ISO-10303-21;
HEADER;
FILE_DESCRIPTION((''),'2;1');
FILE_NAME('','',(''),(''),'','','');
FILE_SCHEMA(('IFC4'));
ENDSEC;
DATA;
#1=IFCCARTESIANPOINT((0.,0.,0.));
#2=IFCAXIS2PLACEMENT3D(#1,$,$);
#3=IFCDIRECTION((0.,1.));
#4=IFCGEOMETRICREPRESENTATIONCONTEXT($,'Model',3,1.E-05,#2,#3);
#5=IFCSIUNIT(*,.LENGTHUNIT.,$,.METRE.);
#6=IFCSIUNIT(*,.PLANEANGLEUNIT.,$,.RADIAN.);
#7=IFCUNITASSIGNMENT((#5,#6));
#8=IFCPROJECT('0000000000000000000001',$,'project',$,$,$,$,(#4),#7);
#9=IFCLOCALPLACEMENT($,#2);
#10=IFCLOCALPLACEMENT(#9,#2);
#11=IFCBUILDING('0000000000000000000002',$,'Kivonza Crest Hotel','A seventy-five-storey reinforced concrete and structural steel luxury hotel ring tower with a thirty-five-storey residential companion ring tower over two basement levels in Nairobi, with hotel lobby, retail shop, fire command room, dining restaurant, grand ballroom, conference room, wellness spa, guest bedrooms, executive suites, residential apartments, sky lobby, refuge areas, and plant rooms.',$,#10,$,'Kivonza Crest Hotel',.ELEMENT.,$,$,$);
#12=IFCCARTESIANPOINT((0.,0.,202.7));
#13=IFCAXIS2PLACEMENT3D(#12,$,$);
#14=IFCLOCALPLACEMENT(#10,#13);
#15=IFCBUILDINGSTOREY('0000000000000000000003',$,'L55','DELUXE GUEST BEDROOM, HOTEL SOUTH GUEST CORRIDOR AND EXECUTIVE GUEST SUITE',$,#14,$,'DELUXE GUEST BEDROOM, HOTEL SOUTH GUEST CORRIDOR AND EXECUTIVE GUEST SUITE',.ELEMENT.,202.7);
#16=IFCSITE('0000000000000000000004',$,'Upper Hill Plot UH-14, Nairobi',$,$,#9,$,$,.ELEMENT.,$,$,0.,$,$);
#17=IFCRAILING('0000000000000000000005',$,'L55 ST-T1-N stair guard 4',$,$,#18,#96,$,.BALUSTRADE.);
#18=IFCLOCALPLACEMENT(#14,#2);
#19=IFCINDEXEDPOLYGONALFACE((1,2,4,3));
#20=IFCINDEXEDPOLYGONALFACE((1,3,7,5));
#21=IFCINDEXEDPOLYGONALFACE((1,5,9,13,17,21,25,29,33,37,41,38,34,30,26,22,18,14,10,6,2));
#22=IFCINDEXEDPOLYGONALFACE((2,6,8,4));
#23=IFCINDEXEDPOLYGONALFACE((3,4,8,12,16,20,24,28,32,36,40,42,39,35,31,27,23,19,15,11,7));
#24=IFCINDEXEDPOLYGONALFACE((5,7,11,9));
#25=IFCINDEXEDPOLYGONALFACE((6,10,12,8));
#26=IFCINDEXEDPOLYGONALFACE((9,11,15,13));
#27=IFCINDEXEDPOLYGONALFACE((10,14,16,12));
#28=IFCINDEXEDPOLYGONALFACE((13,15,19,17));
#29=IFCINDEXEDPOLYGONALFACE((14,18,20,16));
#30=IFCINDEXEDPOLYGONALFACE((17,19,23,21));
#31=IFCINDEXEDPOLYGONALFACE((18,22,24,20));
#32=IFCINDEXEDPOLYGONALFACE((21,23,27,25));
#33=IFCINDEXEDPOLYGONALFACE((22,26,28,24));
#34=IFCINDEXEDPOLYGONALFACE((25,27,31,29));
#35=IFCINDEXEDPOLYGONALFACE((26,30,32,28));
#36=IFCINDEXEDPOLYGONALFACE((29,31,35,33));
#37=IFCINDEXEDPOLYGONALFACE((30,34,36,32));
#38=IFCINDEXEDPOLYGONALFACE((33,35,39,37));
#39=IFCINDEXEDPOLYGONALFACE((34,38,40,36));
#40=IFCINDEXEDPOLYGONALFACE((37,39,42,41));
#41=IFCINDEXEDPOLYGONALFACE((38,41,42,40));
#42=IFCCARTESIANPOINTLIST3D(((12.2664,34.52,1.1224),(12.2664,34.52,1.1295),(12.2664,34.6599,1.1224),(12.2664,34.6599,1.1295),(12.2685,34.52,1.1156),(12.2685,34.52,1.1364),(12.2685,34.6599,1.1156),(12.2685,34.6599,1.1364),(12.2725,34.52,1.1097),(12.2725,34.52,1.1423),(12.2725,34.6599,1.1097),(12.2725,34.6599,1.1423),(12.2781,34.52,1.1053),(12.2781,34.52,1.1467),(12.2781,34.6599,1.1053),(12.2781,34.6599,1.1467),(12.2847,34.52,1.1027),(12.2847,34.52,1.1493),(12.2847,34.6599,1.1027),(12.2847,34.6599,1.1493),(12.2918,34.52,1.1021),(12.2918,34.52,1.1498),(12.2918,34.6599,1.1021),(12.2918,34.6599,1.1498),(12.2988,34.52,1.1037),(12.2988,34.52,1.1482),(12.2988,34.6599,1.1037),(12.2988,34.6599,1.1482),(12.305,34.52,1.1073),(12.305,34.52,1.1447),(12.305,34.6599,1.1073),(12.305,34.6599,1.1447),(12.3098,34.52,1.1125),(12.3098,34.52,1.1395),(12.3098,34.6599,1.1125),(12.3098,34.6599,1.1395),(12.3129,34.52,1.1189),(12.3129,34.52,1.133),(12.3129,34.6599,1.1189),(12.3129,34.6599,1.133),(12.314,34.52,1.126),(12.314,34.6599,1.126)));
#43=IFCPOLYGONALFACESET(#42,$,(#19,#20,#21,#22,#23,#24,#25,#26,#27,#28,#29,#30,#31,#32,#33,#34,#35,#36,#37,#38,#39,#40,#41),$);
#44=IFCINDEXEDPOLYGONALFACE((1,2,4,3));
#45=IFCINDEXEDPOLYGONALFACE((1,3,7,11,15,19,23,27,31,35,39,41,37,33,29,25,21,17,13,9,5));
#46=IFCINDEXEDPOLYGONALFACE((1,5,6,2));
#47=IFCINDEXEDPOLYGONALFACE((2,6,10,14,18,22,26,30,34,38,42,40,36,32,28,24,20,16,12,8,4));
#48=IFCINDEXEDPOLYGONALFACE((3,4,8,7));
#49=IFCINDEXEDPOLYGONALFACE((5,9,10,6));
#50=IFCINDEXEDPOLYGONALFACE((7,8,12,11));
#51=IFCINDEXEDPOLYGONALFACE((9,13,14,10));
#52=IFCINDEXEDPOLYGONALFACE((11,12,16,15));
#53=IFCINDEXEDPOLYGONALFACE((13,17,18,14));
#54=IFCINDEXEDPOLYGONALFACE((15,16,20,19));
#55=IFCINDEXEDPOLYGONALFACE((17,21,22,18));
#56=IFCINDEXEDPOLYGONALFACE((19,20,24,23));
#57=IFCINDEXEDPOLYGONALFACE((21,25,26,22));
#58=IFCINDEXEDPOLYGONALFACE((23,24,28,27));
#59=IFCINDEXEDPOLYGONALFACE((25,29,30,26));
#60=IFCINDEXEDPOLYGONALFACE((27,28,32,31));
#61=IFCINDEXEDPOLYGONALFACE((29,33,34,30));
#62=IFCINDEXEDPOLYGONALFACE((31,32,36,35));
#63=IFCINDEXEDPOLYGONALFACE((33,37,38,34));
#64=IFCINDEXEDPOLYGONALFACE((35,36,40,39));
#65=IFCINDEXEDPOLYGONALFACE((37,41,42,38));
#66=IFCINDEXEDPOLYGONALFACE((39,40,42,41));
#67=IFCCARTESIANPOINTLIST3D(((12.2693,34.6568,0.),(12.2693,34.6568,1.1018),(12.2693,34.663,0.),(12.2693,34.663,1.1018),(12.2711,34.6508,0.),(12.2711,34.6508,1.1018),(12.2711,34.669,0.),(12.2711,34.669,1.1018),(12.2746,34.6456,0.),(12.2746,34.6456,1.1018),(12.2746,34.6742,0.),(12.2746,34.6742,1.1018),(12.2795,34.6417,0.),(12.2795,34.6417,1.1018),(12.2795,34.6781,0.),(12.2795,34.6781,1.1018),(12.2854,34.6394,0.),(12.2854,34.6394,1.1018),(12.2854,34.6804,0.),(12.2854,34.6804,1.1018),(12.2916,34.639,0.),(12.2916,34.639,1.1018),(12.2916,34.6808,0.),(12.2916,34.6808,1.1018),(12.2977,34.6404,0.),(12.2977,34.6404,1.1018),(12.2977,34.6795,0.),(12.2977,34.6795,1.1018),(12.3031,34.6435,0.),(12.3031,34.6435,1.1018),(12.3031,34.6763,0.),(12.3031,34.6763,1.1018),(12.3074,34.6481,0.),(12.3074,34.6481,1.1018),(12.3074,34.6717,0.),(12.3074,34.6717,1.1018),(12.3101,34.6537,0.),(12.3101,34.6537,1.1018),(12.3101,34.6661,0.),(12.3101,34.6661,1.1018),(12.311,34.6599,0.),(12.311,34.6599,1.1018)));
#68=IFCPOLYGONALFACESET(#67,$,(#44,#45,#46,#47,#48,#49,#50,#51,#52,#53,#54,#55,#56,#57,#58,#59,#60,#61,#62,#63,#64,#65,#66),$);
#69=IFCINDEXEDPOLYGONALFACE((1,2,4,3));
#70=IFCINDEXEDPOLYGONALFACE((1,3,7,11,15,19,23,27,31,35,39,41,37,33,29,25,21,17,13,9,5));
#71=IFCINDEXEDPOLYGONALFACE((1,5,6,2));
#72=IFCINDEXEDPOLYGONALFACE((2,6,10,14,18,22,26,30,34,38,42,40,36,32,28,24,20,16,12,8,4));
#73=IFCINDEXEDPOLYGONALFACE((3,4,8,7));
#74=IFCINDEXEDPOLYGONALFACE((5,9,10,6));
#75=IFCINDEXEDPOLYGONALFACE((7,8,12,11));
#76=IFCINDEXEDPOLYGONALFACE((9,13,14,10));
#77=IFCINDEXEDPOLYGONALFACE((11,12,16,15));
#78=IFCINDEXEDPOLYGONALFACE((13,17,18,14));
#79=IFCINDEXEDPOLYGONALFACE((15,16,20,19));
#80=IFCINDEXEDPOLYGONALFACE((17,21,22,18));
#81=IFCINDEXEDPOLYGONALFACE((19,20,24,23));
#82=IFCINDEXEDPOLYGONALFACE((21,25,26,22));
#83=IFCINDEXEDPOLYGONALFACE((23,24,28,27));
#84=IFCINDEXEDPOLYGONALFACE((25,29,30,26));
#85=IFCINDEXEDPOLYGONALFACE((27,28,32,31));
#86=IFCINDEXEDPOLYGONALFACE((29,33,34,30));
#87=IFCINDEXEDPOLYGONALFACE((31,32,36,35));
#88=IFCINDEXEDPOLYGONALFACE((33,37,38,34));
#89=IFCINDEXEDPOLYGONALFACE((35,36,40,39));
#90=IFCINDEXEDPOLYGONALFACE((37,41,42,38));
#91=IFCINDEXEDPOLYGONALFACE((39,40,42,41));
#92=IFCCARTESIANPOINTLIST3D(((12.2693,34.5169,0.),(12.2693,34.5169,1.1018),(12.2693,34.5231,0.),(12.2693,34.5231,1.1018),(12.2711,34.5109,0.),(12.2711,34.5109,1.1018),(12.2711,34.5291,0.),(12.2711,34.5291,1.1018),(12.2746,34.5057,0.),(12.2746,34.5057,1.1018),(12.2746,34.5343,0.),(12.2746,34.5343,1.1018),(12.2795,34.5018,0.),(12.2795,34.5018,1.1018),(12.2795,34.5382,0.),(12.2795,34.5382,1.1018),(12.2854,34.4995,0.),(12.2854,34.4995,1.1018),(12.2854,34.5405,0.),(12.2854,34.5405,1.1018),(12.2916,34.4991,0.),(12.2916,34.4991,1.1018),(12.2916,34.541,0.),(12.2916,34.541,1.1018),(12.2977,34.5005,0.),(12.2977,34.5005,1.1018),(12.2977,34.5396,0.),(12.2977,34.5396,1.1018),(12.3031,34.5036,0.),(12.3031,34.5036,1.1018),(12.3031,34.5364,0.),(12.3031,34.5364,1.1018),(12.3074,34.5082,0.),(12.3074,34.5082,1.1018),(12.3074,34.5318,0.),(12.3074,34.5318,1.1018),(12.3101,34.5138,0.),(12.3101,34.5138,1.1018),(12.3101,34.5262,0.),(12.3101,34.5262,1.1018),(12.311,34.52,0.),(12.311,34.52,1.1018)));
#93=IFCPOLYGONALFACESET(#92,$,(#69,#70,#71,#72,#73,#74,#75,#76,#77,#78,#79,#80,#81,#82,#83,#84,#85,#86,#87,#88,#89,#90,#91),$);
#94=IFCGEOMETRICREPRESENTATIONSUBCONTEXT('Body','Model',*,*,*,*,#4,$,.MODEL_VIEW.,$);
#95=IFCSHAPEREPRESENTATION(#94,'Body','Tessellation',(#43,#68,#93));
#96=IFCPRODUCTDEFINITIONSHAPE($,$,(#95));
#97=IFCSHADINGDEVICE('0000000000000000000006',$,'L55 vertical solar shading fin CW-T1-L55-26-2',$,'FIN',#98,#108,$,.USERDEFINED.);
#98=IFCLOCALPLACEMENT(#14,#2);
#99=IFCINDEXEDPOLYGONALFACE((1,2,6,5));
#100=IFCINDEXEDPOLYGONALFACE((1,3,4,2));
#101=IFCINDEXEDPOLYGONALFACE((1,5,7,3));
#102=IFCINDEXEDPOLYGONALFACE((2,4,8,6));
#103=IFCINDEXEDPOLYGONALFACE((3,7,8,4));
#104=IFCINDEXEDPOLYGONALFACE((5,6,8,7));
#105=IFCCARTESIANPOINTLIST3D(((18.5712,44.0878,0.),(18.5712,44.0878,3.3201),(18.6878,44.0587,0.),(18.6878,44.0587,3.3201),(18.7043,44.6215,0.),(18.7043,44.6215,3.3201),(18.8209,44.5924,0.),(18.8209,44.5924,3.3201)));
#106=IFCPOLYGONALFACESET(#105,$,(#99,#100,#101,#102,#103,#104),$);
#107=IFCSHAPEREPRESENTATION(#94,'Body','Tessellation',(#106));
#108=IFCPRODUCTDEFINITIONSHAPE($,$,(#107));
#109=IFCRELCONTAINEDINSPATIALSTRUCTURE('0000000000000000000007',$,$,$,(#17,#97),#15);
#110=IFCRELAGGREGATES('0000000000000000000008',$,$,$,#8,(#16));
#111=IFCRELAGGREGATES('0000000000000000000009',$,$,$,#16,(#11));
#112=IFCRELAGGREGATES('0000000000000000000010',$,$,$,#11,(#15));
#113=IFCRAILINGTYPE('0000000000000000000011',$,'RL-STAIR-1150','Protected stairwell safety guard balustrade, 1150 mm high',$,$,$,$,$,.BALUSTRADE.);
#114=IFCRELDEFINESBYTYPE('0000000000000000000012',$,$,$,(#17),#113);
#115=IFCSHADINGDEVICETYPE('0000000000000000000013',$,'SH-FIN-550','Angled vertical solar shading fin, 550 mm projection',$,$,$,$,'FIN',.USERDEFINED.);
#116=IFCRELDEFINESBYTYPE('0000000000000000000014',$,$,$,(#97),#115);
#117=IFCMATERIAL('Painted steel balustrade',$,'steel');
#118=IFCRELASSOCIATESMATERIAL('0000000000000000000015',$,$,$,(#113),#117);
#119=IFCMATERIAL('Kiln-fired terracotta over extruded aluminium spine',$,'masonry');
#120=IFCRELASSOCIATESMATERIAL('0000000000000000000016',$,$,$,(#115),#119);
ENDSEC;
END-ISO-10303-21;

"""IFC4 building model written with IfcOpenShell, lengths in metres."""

from ifc_helpers import new_model, si_unit, direction, frame, origin, origin_2d, place, context, subcontext, project, spatial, rectangle, circle, extrude, material, type_object, element, save


model = new_model("IFC4")

# Units and contexts
model_context = context("Model", 3, precision=1e-05, world=origin(), true_north=direction((0.0, 1.0)))
body_context = subcontext(model_context, "Body", "Model", "MODEL_VIEW")
ifc_project = project(units=[si_unit("LENGTHUNIT", "METRE"), si_unit("PLANEANGLEUNIT", "RADIAN")], contexts=[model_context])

# Site, building, storey
site_placement = place(None, origin())
site = spatial("IfcSite", under=ifc_project, at=site_placement, Name="Upper Hill Plot UH-14, Nairobi", CompositionType="ELEMENT", RefElevation=0.0)
building_placement = place(site_placement, origin())
building = spatial("IfcBuilding", under=site, at=building_placement, Name="Kivonza Crest Hotel", Description="A seventy-five-storey reinforced concrete and structural steel luxury hotel ring tower with a thirty-five-storey residential companion ring tower over two basement levels in Nairobi, with hotel lobby, retail shop, fire command room, dining restaurant, grand ballroom, conference room, wellness spa, guest bedrooms, executive suites, residential apartments, sky lobby, refuge areas, and plant rooms.", LongName="Kivonza Crest Hotel", CompositionType="ELEMENT")
storey_placement = place(building_placement, frame((0.0, 0.0, 202.7)))
storey = spatial("IfcBuildingStorey", under=building, at=storey_placement, Name="L55", Description="DELUXE GUEST BEDROOM, HOTEL SOUTH GUEST CORRIDOR AND EXECUTIVE GUEST SUITE", LongName="DELUXE GUEST BEDROOM, HOTEL SOUTH GUEST CORRIDOR AND EXECUTIVE GUEST SUITE", CompositionType="ELEMENT", Elevation=202.7)

# Railing
ifc_material_1 = material(Name="Painted steel balustrade", Category="steel")
railing_type_1 = type_object("IfcRailingType", Name="RL-STAIR-1150", Description="Protected stairwell safety guard balustrade, 1150 mm high", PredefinedType="BALUSTRADE", material=ifc_material_1)
railing_1_placement = place(storey_placement, frame((12.29, 34.6599, 0.0)))
element("IfcRailing", 1, at=railing_1_placement, inside=storey, type_object=railing_type_1, Name="L55 ST-T1-N stair guard 4", PredefinedType="BALUSTRADE", context=body_context, shape_type="SweptSolid", body=[
    extrude(circle(Radius=0.0239, at=origin_2d()), frame((0.0, 0.0, 1.126), z_axis=(0.0, -1.0, 0.0), x_axis=(1.0, 0.0, 0.0)), (0.0, 0.0, 1.0), 0.1399),
    extrude(circle(Radius=0.021, at=origin_2d()), origin(), (0.0, 0.0, 1.0), 1.1018),
    extrude(circle(Radius=0.021, at=origin_2d()), frame((0.0, -0.1399, 0.0)), (0.0, 0.0, 1.0), 1.1018),
])

# Shading device
ifc_material_2 = material(Name="Kiln-fired terracotta over extruded aluminium spine", Category="masonry")
shading_device_type = type_object("IfcShadingDeviceType", Name="SH-FIN-550", Description="Angled vertical solar shading fin, 550 mm projection", ElementType="FIN", PredefinedType="USERDEFINED", material=ifc_material_2)
shading_device_placement = place(storey_placement, frame((18.696, 44.3401, 0.0), z_axis=(0.0, 0.0, 1.0), x_axis=(-0.970296, 0.241922, 0.0)))
element("IfcShadingDevice", 2, at=shading_device_placement, inside=storey, type_object=shading_device_type, Name="L55 vertical solar shading fin CW-T1-L55-26-2", ObjectType="FIN", PredefinedType="USERDEFINED", context=body_context, shape_type="SweptSolid", body=[
    extrude(rectangle(XDim=0.1201, YDim=0.55, at=origin_2d()), origin(), (0.0, 0.0, 1.0), 3.3201),
])

save(model, "model.ifc")
